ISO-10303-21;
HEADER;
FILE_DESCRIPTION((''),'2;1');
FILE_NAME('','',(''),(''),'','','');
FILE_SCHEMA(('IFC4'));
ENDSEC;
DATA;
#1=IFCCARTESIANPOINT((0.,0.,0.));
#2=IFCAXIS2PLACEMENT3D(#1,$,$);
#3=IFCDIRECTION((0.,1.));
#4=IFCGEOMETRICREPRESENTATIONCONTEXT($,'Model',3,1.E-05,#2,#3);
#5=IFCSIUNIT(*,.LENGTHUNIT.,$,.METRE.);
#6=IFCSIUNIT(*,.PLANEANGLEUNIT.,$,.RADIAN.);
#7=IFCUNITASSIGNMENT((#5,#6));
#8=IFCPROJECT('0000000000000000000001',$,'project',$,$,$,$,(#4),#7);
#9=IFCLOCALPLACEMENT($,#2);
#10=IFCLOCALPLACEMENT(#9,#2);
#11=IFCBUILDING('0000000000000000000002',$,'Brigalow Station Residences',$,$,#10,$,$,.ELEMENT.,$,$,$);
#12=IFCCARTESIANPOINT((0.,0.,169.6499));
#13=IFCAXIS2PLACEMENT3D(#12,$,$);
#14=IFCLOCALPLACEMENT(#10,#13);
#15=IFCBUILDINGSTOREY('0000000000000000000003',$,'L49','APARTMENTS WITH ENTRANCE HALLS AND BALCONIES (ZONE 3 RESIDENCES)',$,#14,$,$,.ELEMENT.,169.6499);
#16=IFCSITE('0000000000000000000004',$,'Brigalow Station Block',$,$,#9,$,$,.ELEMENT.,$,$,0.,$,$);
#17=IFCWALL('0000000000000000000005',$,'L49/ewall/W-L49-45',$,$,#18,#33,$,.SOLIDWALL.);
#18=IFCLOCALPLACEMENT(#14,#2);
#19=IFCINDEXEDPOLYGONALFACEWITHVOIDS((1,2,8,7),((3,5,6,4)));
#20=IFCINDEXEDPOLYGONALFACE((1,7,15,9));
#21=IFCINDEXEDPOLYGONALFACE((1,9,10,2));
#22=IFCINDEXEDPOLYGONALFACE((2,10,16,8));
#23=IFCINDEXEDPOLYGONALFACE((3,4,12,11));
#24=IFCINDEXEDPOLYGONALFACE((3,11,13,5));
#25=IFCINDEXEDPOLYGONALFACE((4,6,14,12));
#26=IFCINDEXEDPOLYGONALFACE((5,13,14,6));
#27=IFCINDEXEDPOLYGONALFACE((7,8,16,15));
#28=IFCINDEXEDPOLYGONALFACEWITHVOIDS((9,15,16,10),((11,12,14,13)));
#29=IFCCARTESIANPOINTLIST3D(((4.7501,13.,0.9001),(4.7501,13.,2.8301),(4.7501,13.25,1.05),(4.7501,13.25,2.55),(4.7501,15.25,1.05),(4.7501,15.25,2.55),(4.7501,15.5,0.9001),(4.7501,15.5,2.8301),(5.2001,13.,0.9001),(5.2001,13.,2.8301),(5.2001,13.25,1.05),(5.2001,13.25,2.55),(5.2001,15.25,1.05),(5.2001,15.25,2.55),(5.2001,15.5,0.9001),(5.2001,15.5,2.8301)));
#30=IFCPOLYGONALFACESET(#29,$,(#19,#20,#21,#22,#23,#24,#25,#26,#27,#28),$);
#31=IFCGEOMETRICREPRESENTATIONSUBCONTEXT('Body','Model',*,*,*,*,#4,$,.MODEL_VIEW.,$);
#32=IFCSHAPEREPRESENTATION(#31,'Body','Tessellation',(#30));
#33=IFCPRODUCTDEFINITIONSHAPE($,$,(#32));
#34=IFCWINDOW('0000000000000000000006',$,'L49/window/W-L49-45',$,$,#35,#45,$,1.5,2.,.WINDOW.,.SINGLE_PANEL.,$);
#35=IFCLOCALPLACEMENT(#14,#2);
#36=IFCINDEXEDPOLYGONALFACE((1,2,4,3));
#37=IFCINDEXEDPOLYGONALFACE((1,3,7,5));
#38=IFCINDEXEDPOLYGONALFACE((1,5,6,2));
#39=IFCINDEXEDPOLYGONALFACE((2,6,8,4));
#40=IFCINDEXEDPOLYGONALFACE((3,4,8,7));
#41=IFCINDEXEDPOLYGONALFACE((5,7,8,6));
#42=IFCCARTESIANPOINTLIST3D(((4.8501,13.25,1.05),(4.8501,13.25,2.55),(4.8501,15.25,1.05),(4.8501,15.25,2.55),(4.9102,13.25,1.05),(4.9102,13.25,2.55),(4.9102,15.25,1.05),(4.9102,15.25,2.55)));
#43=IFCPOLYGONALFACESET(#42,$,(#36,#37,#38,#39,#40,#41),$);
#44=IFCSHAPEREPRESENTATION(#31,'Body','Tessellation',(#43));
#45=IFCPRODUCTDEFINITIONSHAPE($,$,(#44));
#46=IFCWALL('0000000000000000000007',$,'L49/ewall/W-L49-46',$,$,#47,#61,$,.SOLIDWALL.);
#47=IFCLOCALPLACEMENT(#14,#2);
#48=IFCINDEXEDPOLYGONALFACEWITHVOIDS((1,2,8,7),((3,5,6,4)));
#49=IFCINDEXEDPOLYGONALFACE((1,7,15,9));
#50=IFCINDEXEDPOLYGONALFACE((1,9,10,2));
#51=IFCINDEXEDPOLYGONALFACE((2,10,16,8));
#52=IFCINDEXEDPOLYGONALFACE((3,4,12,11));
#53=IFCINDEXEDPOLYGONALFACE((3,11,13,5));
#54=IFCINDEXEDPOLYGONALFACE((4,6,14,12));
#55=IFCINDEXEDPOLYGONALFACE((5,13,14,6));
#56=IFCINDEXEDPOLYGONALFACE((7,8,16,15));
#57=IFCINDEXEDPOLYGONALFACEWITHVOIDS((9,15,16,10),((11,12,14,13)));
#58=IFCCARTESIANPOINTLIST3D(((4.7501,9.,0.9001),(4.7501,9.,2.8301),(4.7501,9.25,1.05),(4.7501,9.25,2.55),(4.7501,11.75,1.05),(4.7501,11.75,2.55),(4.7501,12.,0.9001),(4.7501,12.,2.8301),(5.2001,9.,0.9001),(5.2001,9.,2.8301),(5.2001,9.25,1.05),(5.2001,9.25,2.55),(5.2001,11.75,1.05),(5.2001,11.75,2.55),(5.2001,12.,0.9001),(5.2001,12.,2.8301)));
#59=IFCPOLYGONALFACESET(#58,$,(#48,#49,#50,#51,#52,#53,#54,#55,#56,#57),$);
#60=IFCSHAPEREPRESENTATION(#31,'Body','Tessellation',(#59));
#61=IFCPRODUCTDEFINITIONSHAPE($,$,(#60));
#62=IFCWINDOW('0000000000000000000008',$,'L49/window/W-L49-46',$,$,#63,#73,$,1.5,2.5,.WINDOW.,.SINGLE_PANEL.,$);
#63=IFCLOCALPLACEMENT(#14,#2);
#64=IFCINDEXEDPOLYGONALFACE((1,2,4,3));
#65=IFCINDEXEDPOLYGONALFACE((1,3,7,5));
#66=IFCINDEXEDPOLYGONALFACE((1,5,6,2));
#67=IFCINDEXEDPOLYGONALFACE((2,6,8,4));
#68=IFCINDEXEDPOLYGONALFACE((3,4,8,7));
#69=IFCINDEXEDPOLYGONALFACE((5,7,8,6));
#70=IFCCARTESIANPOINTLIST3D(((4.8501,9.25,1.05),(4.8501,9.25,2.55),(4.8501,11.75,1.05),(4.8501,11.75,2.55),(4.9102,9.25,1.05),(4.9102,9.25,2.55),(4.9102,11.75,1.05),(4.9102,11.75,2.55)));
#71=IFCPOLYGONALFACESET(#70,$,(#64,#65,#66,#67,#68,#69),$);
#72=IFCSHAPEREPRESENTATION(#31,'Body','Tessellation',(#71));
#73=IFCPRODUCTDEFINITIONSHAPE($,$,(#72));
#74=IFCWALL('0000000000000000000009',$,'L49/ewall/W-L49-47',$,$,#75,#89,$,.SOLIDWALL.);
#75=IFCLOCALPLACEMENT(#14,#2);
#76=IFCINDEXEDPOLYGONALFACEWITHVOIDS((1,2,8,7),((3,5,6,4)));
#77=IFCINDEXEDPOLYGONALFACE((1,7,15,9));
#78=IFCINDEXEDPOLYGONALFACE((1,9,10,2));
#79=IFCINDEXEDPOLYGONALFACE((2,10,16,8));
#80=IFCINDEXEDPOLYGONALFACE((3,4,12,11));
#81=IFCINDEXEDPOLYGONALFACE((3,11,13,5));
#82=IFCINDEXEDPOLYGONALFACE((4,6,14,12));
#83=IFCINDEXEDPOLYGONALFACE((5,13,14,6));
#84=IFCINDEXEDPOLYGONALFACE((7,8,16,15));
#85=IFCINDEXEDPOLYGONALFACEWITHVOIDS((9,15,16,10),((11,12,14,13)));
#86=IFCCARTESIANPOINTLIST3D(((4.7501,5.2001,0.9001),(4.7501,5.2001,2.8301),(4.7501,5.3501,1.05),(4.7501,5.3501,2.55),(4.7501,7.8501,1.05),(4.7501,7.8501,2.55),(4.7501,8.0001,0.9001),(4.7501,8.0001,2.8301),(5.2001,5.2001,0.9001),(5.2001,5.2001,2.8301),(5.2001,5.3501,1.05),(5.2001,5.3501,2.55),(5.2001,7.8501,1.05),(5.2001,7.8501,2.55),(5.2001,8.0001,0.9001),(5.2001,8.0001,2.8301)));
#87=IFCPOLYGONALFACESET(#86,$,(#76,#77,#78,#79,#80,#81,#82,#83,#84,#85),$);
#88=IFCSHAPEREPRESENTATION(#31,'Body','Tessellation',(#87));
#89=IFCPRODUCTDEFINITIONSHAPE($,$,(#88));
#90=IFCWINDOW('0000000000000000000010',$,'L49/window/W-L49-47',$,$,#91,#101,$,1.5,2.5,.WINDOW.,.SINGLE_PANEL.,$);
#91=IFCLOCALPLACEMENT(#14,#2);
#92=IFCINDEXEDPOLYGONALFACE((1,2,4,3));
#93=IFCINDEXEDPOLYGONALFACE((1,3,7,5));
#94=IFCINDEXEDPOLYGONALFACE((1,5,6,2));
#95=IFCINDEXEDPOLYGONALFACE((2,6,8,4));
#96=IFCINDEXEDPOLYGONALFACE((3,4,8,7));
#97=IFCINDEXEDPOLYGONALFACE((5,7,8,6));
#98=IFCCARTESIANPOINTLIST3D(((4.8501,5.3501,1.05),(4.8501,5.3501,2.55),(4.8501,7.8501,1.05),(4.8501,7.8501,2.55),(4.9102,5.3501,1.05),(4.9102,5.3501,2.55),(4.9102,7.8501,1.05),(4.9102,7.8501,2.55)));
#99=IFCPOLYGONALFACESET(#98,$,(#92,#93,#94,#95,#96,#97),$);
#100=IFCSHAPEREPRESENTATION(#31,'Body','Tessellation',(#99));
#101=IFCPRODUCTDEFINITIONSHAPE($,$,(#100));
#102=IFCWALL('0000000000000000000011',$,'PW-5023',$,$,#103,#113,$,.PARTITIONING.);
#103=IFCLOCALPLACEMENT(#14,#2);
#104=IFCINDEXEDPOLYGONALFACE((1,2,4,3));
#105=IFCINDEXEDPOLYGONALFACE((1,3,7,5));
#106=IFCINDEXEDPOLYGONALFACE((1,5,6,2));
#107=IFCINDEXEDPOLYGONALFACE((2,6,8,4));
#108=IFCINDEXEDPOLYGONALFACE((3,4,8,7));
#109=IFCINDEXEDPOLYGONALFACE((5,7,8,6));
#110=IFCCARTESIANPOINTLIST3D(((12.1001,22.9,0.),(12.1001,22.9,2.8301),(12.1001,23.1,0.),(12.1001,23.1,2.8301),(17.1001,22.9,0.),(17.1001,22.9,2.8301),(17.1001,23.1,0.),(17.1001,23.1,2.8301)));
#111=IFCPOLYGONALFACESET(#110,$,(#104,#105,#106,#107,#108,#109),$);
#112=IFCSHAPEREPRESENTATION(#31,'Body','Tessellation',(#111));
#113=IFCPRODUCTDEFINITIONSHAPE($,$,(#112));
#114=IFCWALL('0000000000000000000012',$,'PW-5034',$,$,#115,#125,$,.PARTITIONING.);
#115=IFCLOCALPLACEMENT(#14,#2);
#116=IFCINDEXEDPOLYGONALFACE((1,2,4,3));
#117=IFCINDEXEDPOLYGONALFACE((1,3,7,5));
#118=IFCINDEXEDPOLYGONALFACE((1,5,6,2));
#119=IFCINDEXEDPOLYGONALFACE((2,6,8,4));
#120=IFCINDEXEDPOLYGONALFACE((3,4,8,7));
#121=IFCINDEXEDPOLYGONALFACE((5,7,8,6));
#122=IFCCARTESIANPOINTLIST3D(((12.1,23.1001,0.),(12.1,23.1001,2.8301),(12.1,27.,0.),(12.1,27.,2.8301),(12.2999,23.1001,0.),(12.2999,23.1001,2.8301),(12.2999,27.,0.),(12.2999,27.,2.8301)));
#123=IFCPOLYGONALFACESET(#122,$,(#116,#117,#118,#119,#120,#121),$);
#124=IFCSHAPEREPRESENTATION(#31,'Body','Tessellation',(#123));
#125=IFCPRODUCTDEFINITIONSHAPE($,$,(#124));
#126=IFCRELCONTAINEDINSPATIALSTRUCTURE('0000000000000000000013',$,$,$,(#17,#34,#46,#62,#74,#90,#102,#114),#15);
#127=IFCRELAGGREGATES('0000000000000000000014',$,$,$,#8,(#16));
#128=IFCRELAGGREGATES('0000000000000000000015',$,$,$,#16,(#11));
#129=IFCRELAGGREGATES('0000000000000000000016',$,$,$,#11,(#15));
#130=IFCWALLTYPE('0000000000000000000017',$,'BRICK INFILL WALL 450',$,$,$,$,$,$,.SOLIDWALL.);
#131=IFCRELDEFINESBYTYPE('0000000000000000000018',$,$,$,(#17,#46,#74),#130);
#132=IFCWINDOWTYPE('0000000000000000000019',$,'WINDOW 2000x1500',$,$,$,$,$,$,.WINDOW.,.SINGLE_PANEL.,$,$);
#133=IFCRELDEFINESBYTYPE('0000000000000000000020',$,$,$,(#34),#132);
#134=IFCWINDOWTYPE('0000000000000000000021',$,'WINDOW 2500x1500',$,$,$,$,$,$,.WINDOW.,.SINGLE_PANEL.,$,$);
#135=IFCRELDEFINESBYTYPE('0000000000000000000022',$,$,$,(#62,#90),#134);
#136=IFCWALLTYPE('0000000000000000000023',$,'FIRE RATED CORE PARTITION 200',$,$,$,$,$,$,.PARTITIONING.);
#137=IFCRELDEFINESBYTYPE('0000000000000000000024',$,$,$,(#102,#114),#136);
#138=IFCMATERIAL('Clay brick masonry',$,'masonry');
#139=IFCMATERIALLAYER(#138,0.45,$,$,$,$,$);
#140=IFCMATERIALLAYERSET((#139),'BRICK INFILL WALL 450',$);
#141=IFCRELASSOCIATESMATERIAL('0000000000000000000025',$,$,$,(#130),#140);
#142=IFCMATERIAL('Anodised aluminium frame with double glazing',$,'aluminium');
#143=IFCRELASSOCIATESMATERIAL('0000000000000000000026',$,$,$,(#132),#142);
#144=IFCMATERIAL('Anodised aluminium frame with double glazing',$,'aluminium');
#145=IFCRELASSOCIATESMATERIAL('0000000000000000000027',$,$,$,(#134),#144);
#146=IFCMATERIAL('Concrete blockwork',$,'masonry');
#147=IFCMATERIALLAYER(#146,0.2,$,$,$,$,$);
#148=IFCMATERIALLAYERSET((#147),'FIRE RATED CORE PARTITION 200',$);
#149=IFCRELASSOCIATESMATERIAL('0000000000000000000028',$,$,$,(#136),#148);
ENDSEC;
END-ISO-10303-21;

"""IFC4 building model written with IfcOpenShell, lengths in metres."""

from ifc_helpers import new_model, si_unit, direction, frame, frame_2d, origin, place, context, subcontext, project, spatial, rectangle, extrude, material, layer, layer_set, type_object, element, fill, save


model = new_model("IFC4")

# Units and contexts
model_context = context("Model", 3, precision=1e-05, world=origin(), true_north=direction((0.0, 1.0)))
body_context = subcontext(model_context, "Body", "Model", "MODEL_VIEW")
ifc_project = project(units=[si_unit("LENGTHUNIT", "METRE"), si_unit("PLANEANGLEUNIT", "RADIAN")], contexts=[model_context])

# Site, building, storey
site_placement = place(None, origin())
site = spatial("IfcSite", under=ifc_project, at=site_placement, Name="Brigalow Station Block", CompositionType="ELEMENT", RefElevation=0.0)
building_placement = place(site_placement, origin())
building = spatial("IfcBuilding", under=site, at=building_placement, Name="Brigalow Station Residences", CompositionType="ELEMENT")
storey_placement = place(building_placement, frame((0.0, 0.0, 169.6499)))
storey = spatial("IfcBuildingStorey", under=building, at=storey_placement, Name="L49", Description="APARTMENTS WITH ENTRANCE HALLS AND BALCONIES (ZONE 3 RESIDENCES)", CompositionType="ELEMENT", Elevation=169.6499)

# Shared definitions
ifc_material_1 = material(Name="Clay brick masonry", Category="masonry")
ifc_layer_1 = layer(ifc_material_1, 0.45)
ifc_layer_set_1 = layer_set([ifc_layer_1], Name="BRICK INFILL WALL 450")
wall_type_1 = type_object("IfcWallType", Name="BRICK INFILL WALL 450", PredefinedType="SOLIDWALL", material=ifc_layer_set_1)

# Walls, openings, windows
wall_1_placement = place(storey_placement, frame((4.9751, 15.5, 0.9001), z_axis=(0.0, 0.0, 1.0), x_axis=(0.0, -1.0, 0.0)))
wall_1 = element("IfcWall", 1, at=wall_1_placement, inside=storey, type_object=wall_type_1, Name="L49/ewall/W-L49-45", PredefinedType="SOLIDWALL", context=body_context, shape_type="SweptSolid", body=[
    extrude(rectangle(XDim=2.5, YDim=0.45, at=frame_2d((1.25, 0.0))), origin(), (0.0, 0.0, 1.0), 1.9299),
])
opening_1_placement = place(wall_1_placement, frame((0.25, 0.0, 0.1499)))
opening_1 = element("IfcOpeningElement", 2, at=opening_1_placement, cuts=wall_1, PredefinedType="OPENING", context=body_context, shape_type="SweptSolid", body=[
    extrude(rectangle(XDim=2.0, YDim=1.5, at=frame_2d((1.0, 0.75))), frame((0.0, 0.2349, 0.0), z_axis=(0.0, -1.0, 0.0), x_axis=(1.0, 0.0, 0.0)), (0.0, 0.0, 1.0), 0.47),
])
ifc_material_2 = material(Name="Anodised aluminium frame with double glazing", Category="aluminium")
window_type_1 = type_object("IfcWindowType", Name="WINDOW 2000x1500", PartitioningType="SINGLE_PANEL", PredefinedType="WINDOW", material=ifc_material_2)
window_1_placement = place(opening_1_placement, origin())
window_1 = element("IfcWindow", 3, at=window_1_placement, inside=storey, type_object=window_type_1, Name="L49/window/W-L49-45", OverallHeight=1.5, OverallWidth=2.0, PartitioningType="SINGLE_PANEL", PredefinedType="WINDOW", context=body_context, shape_type="SweptSolid", body=[
    extrude(rectangle(XDim=2.0, YDim=1.5, at=frame_2d((1.0, 0.75))), frame((0.0, -0.0649, 0.0), z_axis=(0.0, -1.0, 0.0), x_axis=(1.0, 0.0, 0.0)), (0.0, 0.0, 1.0), 0.0601),
])
fill(opening_1, window_1)
wall_2_placement = place(storey_placement, frame((4.9751, 12.0, 0.9001), z_axis=(0.0, 0.0, 1.0), x_axis=(0.0, -1.0, 0.0)))
wall_2 = element("IfcWall", 4, at=wall_2_placement, inside=storey, type_object=wall_type_1, Name="L49/ewall/W-L49-46", PredefinedType="SOLIDWALL", context=body_context, shape_type="SweptSolid", body=[
    extrude(rectangle(XDim=3.0, YDim=0.45, at=frame_2d((1.5, 0.0))), origin(), (0.0, 0.0, 1.0), 1.9299),
])
opening_2_placement = place(wall_2_placement, frame((0.25, 0.0, 0.1499)))
opening_2 = element("IfcOpeningElement", 5, at=opening_2_placement, cuts=wall_2, PredefinedType="OPENING", context=body_context, shape_type="SweptSolid", body=[
    extrude(rectangle(XDim=2.5, YDim=1.5, at=frame_2d((1.25, 0.75))), frame((0.0, 0.2349, 0.0), z_axis=(0.0, -1.0, 0.0), x_axis=(1.0, 0.0, 0.0)), (0.0, 0.0, 1.0), 0.47),
])
ifc_material_3 = material(Name="Anodised aluminium frame with double glazing", Category="aluminium")
window_type_2 = type_object("IfcWindowType", Name="WINDOW 2500x1500", PartitioningType="SINGLE_PANEL", PredefinedType="WINDOW", material=ifc_material_3)
window_2_placement = place(opening_2_placement, origin())
window_2 = element("IfcWindow", 6, at=window_2_placement, inside=storey, type_object=window_type_2, Name="L49/window/W-L49-46", OverallHeight=1.5, OverallWidth=2.5, PartitioningType="SINGLE_PANEL", PredefinedType="WINDOW", context=body_context, shape_type="SweptSolid", body=[
    extrude(rectangle(XDim=2.5, YDim=1.5, at=frame_2d((1.25, 0.75))), frame((0.0, -0.0649, 0.0), z_axis=(0.0, -1.0, 0.0), x_axis=(1.0, 0.0, 0.0)), (0.0, 0.0, 1.0), 0.0601),
])
fill(opening_2, window_2)
wall_3_placement = place(storey_placement, frame((4.9751, 8.0, 0.9001), z_axis=(0.0, 0.0, 1.0), x_axis=(0.0, -1.0, 0.0)))
wall_3 = element("IfcWall", 7, at=wall_3_placement, inside=storey, type_object=wall_type_1, Name="L49/ewall/W-L49-47", PredefinedType="SOLIDWALL", context=body_context, shape_type="SweptSolid", body=[
    extrude(rectangle(XDim=2.8, YDim=0.45, at=frame_2d((1.3999, 0.0))), origin(), (0.0, 0.0, 1.0), 1.9299),
])
opening_3_placement = place(wall_3_placement, frame((0.1499, 0.0, 0.1499)))
opening_3 = element("IfcOpeningElement", 8, at=opening_3_placement, cuts=wall_3, PredefinedType="OPENING", context=body_context, shape_type="SweptSolid", body=[
    extrude(rectangle(XDim=2.5, YDim=1.5, at=frame_2d((1.25, 0.75))), frame((0.0, 0.2349, 0.0), z_axis=(0.0, -1.0, 0.0), x_axis=(1.0, 0.0, 0.0)), (0.0, 0.0, 1.0), 0.47),
])
window_3_placement = place(opening_3_placement, origin())
window_3 = element("IfcWindow", 9, at=window_3_placement, inside=storey, type_object=window_type_2, Name="L49/window/W-L49-47", OverallHeight=1.5, OverallWidth=2.5, PartitioningType="SINGLE_PANEL", PredefinedType="WINDOW", context=body_context, shape_type="SweptSolid", body=[
    extrude(rectangle(XDim=2.5, YDim=1.5, at=frame_2d((1.25, 0.75))), frame((0.0, -0.0649, 0.0), z_axis=(0.0, -1.0, 0.0), x_axis=(1.0, 0.0, 0.0)), (0.0, 0.0, 1.0), 0.0601),
])
fill(opening_3, window_3)

# Walls
ifc_material_4 = material(Name="Concrete blockwork", Category="masonry")
ifc_layer_2 = layer(ifc_material_4, 0.2)
ifc_layer_set_2 = layer_set([ifc_layer_2], Name="FIRE RATED CORE PARTITION 200")
wall_type_2 = type_object("IfcWallType", Name="FIRE RATED CORE PARTITION 200", PredefinedType="PARTITIONING", material=ifc_layer_set_2)
wall_4_placement = place(storey_placement, frame((12.1001, 23.0, 0.0), z_axis=(0.0, 0.0, 1.0), x_axis=(1.0, 0.0, 0.0)))
element("IfcWall", 10, at=wall_4_placement, inside=storey, type_object=wall_type_2, Name="PW-5023", PredefinedType="PARTITIONING", context=body_context, shape_type="SweptSolid", body=[
    extrude(rectangle(XDim=5.0, YDim=0.2, at=frame_2d((2.5, 0.0))), origin(), (0.0, 0.0, 1.0), 2.8301),
])
wall_5_placement = place(storey_placement, frame((12.2, 23.1001, 0.0), z_axis=(0.0, 0.0, 1.0), x_axis=(0.0, 1.0, 0.0)))
element("IfcWall", 11, at=wall_5_placement, inside=storey, type_object=wall_type_2, Name="PW-5034", PredefinedType="PARTITIONING", context=body_context, shape_type="SweptSolid", body=[
    extrude(rectangle(XDim=3.8999, YDim=0.2, at=frame_2d((1.95, 0.0))), origin(), (0.0, 0.0, 1.0), 2.8301),
])

save(model, "model.ifc")
